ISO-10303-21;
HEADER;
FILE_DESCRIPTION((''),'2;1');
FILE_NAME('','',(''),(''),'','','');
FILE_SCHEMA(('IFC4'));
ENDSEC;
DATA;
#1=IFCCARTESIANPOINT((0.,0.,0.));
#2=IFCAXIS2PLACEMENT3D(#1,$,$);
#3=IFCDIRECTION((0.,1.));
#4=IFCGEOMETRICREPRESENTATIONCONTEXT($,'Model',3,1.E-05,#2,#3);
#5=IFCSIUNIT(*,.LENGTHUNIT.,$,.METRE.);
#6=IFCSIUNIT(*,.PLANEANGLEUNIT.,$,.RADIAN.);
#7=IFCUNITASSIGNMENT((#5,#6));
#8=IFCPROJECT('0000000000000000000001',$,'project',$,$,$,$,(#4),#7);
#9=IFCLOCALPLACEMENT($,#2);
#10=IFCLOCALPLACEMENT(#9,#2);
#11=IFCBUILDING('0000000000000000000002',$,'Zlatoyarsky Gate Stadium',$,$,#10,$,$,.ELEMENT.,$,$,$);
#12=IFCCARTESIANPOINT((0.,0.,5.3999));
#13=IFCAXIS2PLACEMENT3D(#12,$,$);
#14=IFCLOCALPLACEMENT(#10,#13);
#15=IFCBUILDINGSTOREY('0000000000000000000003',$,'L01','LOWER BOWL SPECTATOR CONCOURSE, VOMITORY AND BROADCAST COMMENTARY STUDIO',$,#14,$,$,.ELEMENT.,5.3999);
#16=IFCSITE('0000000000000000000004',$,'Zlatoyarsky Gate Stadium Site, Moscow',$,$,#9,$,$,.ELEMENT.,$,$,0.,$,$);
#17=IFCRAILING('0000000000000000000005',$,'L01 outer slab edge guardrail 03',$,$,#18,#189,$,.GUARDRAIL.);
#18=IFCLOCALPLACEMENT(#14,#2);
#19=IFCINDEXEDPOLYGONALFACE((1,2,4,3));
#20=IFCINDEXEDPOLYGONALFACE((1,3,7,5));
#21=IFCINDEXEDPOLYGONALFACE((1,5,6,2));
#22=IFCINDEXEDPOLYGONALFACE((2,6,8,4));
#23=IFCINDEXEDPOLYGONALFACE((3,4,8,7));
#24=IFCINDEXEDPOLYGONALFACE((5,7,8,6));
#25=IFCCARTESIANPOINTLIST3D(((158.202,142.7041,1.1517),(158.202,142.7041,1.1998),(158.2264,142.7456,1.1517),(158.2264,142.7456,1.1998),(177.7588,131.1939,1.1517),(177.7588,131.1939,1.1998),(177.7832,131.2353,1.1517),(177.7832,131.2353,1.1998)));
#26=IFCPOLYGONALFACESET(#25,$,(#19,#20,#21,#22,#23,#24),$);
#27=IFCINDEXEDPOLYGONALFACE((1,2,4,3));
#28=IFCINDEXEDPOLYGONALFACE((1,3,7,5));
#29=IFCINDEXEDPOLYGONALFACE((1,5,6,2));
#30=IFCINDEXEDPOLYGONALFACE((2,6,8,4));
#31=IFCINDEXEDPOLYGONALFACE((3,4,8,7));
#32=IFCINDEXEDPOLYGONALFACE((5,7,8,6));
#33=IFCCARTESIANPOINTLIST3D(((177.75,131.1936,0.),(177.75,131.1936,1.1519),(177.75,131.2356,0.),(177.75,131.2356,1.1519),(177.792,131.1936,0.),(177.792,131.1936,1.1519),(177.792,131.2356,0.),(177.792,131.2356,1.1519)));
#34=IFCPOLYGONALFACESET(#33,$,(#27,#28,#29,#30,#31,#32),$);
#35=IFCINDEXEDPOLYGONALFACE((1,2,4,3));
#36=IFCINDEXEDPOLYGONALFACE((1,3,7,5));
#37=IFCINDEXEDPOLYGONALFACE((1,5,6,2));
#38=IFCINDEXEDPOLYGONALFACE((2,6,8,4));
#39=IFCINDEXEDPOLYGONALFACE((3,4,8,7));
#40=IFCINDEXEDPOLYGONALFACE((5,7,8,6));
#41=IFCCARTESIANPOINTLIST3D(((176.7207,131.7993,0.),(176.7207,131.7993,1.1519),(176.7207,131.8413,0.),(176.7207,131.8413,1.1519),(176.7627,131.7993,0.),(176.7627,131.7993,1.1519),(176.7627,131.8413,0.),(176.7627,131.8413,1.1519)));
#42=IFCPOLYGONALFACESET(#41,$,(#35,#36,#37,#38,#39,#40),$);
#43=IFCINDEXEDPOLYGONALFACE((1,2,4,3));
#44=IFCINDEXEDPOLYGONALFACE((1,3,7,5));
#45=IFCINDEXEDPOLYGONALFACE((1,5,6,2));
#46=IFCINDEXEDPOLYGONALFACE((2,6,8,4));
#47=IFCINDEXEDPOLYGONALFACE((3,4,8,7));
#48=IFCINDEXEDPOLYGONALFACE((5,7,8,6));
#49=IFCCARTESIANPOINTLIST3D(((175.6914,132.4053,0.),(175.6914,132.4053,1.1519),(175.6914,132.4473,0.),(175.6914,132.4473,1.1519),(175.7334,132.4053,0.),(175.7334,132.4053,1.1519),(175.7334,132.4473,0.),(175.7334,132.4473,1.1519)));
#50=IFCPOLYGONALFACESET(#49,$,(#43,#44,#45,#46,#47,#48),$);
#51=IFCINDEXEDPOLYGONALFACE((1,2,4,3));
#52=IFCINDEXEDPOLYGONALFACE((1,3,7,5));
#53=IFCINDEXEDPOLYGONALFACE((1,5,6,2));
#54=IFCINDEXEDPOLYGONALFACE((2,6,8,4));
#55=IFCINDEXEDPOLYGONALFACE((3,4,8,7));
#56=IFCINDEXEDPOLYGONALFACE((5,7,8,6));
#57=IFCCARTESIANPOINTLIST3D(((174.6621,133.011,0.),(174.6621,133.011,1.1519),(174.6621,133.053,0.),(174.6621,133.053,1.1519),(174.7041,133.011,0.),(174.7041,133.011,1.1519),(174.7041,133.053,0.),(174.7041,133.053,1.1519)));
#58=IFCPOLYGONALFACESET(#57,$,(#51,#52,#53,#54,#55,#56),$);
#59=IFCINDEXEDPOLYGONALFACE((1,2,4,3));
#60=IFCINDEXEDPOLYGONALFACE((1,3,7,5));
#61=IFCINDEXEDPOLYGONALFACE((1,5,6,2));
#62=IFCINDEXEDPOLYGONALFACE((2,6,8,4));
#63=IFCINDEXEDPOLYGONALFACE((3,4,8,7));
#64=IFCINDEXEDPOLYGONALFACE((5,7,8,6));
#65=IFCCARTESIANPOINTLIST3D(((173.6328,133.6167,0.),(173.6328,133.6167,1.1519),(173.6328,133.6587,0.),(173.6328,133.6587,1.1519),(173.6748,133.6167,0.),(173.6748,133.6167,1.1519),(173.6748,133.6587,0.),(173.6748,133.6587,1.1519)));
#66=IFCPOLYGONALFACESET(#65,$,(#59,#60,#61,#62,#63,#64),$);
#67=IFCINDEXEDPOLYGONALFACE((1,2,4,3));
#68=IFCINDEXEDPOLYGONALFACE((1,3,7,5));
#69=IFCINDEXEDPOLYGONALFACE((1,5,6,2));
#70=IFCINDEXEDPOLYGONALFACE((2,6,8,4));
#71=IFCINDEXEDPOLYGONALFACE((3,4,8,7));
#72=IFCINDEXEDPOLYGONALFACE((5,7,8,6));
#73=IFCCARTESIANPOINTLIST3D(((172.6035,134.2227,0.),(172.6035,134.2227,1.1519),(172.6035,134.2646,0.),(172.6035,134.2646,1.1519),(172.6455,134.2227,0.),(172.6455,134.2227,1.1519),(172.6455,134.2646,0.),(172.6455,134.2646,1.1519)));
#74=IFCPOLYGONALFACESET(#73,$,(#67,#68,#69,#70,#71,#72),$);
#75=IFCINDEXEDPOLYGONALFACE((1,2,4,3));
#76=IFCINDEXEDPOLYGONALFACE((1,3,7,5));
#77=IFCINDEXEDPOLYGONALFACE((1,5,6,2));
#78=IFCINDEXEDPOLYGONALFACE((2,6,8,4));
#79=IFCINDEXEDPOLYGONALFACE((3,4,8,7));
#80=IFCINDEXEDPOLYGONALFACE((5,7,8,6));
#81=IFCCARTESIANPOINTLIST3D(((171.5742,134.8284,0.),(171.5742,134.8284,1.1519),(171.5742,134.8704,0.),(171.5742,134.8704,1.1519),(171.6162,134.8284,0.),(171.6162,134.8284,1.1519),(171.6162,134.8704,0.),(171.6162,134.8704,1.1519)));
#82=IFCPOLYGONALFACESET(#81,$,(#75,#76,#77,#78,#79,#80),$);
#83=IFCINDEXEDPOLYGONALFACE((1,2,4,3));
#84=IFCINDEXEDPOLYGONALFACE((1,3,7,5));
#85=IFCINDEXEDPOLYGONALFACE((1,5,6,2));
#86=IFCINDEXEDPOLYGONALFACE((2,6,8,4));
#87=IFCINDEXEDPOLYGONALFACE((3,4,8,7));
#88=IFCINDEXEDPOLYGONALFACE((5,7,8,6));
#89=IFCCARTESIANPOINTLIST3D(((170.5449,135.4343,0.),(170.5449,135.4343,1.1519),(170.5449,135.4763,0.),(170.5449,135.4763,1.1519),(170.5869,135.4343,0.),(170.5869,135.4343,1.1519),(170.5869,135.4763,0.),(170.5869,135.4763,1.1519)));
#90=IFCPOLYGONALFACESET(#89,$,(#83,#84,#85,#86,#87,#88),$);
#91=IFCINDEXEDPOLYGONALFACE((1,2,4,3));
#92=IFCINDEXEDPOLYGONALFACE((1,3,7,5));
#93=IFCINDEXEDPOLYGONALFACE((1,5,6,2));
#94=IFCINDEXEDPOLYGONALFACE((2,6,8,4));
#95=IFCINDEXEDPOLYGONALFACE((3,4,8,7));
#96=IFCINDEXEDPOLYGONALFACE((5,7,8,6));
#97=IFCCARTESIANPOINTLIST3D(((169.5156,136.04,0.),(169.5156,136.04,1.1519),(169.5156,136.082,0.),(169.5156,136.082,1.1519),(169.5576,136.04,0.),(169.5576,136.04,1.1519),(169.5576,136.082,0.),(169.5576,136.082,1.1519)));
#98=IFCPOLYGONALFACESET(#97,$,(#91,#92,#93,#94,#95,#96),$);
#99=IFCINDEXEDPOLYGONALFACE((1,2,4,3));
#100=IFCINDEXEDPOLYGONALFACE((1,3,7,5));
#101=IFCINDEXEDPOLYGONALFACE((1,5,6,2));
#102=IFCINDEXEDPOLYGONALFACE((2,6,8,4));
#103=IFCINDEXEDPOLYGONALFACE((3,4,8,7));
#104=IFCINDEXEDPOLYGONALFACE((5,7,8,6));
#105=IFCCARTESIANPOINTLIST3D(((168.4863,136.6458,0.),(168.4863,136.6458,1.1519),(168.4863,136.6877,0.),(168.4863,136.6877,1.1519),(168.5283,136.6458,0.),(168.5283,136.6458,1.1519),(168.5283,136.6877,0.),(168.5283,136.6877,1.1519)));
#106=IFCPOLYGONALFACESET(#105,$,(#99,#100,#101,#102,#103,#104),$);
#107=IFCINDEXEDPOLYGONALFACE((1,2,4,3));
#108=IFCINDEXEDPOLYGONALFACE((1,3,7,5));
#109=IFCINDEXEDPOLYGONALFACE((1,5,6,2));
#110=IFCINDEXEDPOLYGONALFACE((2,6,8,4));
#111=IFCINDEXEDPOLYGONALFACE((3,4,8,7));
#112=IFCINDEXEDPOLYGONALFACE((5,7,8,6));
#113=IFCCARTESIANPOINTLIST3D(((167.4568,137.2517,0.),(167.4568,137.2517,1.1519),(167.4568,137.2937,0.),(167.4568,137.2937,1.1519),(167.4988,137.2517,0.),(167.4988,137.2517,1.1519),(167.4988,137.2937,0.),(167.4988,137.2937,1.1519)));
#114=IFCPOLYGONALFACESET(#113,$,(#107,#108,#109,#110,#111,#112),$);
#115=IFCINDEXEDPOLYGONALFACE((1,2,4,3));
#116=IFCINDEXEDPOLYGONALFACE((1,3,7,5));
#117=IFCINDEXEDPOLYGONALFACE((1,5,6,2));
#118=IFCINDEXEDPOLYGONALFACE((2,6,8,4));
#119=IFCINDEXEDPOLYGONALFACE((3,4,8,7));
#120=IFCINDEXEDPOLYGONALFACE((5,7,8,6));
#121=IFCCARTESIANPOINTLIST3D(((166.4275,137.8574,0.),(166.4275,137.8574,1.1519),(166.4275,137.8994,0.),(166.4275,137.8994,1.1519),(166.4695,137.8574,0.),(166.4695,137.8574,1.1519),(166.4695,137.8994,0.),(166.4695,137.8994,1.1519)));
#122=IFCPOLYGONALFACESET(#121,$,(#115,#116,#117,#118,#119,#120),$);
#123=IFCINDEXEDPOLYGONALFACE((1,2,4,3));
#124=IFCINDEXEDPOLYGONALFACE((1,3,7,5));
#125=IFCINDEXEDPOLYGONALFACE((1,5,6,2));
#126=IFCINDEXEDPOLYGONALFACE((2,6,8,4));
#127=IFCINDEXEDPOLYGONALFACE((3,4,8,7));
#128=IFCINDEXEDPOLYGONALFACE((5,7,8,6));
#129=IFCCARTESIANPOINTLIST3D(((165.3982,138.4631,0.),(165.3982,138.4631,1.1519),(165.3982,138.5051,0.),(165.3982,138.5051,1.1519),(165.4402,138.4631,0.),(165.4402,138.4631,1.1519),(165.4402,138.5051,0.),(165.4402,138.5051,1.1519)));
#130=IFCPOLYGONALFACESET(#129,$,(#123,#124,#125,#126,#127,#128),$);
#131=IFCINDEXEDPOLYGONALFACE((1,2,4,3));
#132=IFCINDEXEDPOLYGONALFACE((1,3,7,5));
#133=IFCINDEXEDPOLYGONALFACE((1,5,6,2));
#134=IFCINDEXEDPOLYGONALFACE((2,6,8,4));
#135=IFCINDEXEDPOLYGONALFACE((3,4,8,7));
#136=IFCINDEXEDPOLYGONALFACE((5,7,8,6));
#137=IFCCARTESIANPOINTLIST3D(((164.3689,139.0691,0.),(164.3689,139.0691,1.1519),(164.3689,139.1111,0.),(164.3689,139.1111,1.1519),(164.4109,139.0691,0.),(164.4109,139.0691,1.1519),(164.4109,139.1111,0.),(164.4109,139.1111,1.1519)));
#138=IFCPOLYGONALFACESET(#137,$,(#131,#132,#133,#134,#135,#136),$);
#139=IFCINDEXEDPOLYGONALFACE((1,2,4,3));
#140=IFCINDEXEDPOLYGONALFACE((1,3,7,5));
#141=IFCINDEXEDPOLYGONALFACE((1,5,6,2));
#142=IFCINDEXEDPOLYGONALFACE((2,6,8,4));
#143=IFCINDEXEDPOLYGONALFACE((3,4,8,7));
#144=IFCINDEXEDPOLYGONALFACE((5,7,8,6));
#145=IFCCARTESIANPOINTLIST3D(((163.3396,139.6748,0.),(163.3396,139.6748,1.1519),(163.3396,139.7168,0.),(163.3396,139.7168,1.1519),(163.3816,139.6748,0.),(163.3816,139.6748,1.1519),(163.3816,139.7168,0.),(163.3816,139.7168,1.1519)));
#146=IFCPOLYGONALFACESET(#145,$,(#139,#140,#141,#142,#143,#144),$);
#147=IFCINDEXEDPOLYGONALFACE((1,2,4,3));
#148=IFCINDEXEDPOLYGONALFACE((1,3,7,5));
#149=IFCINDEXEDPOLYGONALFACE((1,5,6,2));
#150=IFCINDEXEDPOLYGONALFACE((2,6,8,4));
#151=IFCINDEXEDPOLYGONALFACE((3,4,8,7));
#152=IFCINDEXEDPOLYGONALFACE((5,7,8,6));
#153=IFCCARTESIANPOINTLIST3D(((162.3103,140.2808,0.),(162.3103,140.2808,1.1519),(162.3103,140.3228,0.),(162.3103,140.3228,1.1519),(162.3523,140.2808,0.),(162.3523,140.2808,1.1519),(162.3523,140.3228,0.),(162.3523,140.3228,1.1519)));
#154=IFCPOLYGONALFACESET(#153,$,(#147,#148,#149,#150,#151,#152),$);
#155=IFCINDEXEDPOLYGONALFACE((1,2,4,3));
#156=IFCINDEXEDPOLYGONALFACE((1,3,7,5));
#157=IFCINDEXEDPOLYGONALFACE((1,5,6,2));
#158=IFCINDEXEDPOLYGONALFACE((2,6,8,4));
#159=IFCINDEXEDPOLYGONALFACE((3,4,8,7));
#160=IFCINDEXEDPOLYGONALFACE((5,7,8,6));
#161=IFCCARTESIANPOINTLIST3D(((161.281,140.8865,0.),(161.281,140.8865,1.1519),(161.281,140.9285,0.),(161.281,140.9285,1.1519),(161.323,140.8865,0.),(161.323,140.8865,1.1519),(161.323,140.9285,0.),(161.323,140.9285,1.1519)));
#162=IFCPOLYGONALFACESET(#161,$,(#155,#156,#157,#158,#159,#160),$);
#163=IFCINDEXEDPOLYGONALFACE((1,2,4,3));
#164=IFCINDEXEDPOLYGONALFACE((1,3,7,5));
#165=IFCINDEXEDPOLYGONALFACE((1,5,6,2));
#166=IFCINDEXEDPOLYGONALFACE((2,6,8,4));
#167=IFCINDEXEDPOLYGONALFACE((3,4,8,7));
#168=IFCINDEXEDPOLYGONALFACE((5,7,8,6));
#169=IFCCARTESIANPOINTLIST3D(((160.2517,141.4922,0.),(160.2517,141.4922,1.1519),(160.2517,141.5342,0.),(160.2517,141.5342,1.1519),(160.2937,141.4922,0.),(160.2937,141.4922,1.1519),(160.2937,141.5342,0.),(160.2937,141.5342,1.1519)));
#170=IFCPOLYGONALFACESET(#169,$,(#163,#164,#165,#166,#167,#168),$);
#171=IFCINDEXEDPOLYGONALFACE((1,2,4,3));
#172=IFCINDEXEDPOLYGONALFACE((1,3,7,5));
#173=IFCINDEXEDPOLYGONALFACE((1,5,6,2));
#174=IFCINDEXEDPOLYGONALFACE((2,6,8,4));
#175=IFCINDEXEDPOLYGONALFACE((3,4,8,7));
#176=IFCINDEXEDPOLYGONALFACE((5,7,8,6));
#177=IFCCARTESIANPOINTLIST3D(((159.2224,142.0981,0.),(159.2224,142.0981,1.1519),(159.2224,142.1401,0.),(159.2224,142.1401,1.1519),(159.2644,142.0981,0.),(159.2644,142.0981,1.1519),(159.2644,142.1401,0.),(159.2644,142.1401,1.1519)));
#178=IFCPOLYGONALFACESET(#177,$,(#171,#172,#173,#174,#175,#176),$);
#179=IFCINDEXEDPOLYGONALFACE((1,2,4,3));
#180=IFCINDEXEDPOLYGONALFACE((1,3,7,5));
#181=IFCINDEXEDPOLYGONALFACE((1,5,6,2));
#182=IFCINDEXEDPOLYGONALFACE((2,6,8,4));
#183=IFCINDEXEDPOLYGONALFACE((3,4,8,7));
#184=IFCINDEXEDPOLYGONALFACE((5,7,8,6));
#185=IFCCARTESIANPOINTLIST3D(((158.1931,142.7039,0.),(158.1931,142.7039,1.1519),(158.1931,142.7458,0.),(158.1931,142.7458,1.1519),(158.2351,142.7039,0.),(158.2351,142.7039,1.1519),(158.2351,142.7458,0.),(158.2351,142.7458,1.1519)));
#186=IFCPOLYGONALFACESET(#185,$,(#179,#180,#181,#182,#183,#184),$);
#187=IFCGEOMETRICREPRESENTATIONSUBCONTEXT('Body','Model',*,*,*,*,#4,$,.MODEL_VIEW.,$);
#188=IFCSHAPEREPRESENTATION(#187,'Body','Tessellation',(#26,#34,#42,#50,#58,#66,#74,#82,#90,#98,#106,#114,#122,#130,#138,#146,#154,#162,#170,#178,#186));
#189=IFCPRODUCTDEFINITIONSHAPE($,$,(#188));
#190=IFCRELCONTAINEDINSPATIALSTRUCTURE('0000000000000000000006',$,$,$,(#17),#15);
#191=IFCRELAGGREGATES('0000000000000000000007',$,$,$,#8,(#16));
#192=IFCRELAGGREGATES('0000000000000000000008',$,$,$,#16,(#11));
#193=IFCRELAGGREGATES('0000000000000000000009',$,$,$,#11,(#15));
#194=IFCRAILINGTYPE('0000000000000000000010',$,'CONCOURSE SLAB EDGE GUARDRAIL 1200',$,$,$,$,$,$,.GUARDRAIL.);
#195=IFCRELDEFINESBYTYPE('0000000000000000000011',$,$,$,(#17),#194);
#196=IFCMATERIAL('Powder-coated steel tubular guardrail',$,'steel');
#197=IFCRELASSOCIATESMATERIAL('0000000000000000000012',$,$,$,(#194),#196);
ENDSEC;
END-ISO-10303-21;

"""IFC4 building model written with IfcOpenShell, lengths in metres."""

from ifc_helpers import new_model, si_unit, direction, frame, origin, origin_2d, place, context, subcontext, project, spatial, rectangle, extrude, material, type_object, element, save


model = new_model("IFC4")

# Units and contexts
model_context = context("Model", 3, precision=1e-05, world=origin(), true_north=direction((0.0, 1.0)))
body_context = subcontext(model_context, "Body", "Model", "MODEL_VIEW")
ifc_project = project(units=[si_unit("LENGTHUNIT", "METRE"), si_unit("PLANEANGLEUNIT", "RADIAN")], contexts=[model_context])

# Site, building, storey
site_placement = place(None, origin())
site = spatial("IfcSite", under=ifc_project, at=site_placement, Name="Zlatoyarsky Gate Stadium Site, Moscow", CompositionType="ELEMENT", RefElevation=0.0)
building_placement = place(site_placement, origin())
building = spatial("IfcBuilding", under=site, at=building_placement, Name="Zlatoyarsky Gate Stadium", CompositionType="ELEMENT")
storey_placement = place(building_placement, frame((0.0, 0.0, 5.3999)))
storey = spatial("IfcBuildingStorey", under=building, at=storey_placement, Name="L01", Description="LOWER BOWL SPECTATOR CONCOURSE, VOMITORY AND BROADCAST COMMENTARY STUDIO", CompositionType="ELEMENT", Elevation=5.3999)

# Railing
ifc_material_1 = material(Name="Powder-coated steel tubular guardrail", Category="steel")
railing_type = type_object("IfcRailingType", Name="CONCOURSE SLAB EDGE GUARDRAIL 1200", PredefinedType="GUARDRAIL", material=ifc_material_1)
railing_placement = place(storey_placement, frame((177.771, 131.2146, 0.0)))
element("IfcRailing", 1, at=railing_placement, inside=storey, type_object=railing_type, Name="L01 outer slab edge guardrail 03", PredefinedType="GUARDRAIL", context=body_context, shape_type="SweptSolid", body=[
    extrude(rectangle(XDim=0.0481, YDim=0.0481, at=origin_2d()), frame((0.0, 0.0, 1.1758), z_axis=(-0.861815, 0.507223, 0.0), x_axis=(-0.507223, -0.861815, 0.0)), (0.0, 0.0, 1.0), 22.6926),
    extrude(rectangle(XDim=0.042, YDim=0.042, at=origin_2d()), origin(), (0.0, 0.0, 1.0), 1.1519),
    extrude(rectangle(XDim=0.042, YDim=0.042, at=origin_2d()), frame((-1.0293, 0.6057, 0.0)), (0.0, 0.0, 1.0), 1.1519),
    extrude(rectangle(XDim=0.042, YDim=0.042, at=origin_2d()), frame((-2.0586, 1.2117, 0.0)), (0.0, 0.0, 1.0), 1.1519),
    extrude(rectangle(XDim=0.042, YDim=0.042, at=origin_2d()), frame((-3.0879, 1.8174, 0.0)), (0.0, 0.0, 1.0), 1.1519),
    extrude(rectangle(XDim=0.042, YDim=0.042, at=origin_2d()), frame((-4.1172, 2.4231, 0.0)), (0.0, 0.0, 1.0), 1.1519),
    extrude(rectangle(XDim=0.042, YDim=0.042, at=origin_2d()), frame((-5.1465, 3.0291, 0.0)), (0.0, 0.0, 1.0), 1.1519),
    extrude(rectangle(XDim=0.042, YDim=0.042, at=origin_2d()), frame((-6.1758, 3.6348, 0.0)), (0.0, 0.0, 1.0), 1.1519),
    extrude(rectangle(XDim=0.042, YDim=0.042, at=origin_2d()), frame((-7.2051, 4.2407, 0.0)), (0.0, 0.0, 1.0), 1.1519),
    extrude(rectangle(XDim=0.042, YDim=0.042, at=origin_2d()), frame((-8.2344, 4.8464, 0.0)), (0.0, 0.0, 1.0), 1.1519),
    extrude(rectangle(XDim=0.042, YDim=0.042, at=origin_2d()), frame((-9.2637, 5.4521, 0.0)), (0.0, 0.0, 1.0), 1.1519),
    extrude(rectangle(XDim=0.042, YDim=0.042, at=origin_2d()), frame((-10.2932, 6.0581, 0.0)), (0.0, 0.0, 1.0), 1.1519),
    extrude(rectangle(XDim=0.042, YDim=0.042, at=origin_2d()), frame((-11.3225, 6.6638, 0.0)), (0.0, 0.0, 1.0), 1.1519),
    extrude(rectangle(XDim=0.042, YDim=0.042, at=origin_2d()), frame((-12.3518, 7.2695, 0.0)), (0.0, 0.0, 1.0), 1.1519),
    extrude(rectangle(XDim=0.042, YDim=0.042, at=origin_2d()), frame((-13.3811, 7.8755, 0.0)), (0.0, 0.0, 1.0), 1.1519),
    extrude(rectangle(XDim=0.042, YDim=0.042, at=origin_2d()), frame((-14.4104, 8.4812, 0.0)), (0.0, 0.0, 1.0), 1.1519),
    extrude(rectangle(XDim=0.042, YDim=0.042, at=origin_2d()), frame((-15.4397, 9.0872, 0.0)), (0.0, 0.0, 1.0), 1.1519),
    extrude(rectangle(XDim=0.042, YDim=0.042, at=origin_2d()), frame((-16.469, 9.6929, 0.0)), (0.0, 0.0, 1.0), 1.1519),
    extrude(rectangle(XDim=0.042, YDim=0.042, at=origin_2d()), frame((-17.4983, 10.2986, 0.0)), (0.0, 0.0, 1.0), 1.1519),
    extrude(rectangle(XDim=0.042, YDim=0.042, at=origin_2d()), frame((-18.5276, 10.9045, 0.0)), (0.0, 0.0, 1.0), 1.1519),
    extrude(rectangle(XDim=0.042, YDim=0.042, at=origin_2d()), frame((-19.5569, 11.5103, 0.0)), (0.0, 0.0, 1.0), 1.1519),
])

save(model, "model.ifc")
